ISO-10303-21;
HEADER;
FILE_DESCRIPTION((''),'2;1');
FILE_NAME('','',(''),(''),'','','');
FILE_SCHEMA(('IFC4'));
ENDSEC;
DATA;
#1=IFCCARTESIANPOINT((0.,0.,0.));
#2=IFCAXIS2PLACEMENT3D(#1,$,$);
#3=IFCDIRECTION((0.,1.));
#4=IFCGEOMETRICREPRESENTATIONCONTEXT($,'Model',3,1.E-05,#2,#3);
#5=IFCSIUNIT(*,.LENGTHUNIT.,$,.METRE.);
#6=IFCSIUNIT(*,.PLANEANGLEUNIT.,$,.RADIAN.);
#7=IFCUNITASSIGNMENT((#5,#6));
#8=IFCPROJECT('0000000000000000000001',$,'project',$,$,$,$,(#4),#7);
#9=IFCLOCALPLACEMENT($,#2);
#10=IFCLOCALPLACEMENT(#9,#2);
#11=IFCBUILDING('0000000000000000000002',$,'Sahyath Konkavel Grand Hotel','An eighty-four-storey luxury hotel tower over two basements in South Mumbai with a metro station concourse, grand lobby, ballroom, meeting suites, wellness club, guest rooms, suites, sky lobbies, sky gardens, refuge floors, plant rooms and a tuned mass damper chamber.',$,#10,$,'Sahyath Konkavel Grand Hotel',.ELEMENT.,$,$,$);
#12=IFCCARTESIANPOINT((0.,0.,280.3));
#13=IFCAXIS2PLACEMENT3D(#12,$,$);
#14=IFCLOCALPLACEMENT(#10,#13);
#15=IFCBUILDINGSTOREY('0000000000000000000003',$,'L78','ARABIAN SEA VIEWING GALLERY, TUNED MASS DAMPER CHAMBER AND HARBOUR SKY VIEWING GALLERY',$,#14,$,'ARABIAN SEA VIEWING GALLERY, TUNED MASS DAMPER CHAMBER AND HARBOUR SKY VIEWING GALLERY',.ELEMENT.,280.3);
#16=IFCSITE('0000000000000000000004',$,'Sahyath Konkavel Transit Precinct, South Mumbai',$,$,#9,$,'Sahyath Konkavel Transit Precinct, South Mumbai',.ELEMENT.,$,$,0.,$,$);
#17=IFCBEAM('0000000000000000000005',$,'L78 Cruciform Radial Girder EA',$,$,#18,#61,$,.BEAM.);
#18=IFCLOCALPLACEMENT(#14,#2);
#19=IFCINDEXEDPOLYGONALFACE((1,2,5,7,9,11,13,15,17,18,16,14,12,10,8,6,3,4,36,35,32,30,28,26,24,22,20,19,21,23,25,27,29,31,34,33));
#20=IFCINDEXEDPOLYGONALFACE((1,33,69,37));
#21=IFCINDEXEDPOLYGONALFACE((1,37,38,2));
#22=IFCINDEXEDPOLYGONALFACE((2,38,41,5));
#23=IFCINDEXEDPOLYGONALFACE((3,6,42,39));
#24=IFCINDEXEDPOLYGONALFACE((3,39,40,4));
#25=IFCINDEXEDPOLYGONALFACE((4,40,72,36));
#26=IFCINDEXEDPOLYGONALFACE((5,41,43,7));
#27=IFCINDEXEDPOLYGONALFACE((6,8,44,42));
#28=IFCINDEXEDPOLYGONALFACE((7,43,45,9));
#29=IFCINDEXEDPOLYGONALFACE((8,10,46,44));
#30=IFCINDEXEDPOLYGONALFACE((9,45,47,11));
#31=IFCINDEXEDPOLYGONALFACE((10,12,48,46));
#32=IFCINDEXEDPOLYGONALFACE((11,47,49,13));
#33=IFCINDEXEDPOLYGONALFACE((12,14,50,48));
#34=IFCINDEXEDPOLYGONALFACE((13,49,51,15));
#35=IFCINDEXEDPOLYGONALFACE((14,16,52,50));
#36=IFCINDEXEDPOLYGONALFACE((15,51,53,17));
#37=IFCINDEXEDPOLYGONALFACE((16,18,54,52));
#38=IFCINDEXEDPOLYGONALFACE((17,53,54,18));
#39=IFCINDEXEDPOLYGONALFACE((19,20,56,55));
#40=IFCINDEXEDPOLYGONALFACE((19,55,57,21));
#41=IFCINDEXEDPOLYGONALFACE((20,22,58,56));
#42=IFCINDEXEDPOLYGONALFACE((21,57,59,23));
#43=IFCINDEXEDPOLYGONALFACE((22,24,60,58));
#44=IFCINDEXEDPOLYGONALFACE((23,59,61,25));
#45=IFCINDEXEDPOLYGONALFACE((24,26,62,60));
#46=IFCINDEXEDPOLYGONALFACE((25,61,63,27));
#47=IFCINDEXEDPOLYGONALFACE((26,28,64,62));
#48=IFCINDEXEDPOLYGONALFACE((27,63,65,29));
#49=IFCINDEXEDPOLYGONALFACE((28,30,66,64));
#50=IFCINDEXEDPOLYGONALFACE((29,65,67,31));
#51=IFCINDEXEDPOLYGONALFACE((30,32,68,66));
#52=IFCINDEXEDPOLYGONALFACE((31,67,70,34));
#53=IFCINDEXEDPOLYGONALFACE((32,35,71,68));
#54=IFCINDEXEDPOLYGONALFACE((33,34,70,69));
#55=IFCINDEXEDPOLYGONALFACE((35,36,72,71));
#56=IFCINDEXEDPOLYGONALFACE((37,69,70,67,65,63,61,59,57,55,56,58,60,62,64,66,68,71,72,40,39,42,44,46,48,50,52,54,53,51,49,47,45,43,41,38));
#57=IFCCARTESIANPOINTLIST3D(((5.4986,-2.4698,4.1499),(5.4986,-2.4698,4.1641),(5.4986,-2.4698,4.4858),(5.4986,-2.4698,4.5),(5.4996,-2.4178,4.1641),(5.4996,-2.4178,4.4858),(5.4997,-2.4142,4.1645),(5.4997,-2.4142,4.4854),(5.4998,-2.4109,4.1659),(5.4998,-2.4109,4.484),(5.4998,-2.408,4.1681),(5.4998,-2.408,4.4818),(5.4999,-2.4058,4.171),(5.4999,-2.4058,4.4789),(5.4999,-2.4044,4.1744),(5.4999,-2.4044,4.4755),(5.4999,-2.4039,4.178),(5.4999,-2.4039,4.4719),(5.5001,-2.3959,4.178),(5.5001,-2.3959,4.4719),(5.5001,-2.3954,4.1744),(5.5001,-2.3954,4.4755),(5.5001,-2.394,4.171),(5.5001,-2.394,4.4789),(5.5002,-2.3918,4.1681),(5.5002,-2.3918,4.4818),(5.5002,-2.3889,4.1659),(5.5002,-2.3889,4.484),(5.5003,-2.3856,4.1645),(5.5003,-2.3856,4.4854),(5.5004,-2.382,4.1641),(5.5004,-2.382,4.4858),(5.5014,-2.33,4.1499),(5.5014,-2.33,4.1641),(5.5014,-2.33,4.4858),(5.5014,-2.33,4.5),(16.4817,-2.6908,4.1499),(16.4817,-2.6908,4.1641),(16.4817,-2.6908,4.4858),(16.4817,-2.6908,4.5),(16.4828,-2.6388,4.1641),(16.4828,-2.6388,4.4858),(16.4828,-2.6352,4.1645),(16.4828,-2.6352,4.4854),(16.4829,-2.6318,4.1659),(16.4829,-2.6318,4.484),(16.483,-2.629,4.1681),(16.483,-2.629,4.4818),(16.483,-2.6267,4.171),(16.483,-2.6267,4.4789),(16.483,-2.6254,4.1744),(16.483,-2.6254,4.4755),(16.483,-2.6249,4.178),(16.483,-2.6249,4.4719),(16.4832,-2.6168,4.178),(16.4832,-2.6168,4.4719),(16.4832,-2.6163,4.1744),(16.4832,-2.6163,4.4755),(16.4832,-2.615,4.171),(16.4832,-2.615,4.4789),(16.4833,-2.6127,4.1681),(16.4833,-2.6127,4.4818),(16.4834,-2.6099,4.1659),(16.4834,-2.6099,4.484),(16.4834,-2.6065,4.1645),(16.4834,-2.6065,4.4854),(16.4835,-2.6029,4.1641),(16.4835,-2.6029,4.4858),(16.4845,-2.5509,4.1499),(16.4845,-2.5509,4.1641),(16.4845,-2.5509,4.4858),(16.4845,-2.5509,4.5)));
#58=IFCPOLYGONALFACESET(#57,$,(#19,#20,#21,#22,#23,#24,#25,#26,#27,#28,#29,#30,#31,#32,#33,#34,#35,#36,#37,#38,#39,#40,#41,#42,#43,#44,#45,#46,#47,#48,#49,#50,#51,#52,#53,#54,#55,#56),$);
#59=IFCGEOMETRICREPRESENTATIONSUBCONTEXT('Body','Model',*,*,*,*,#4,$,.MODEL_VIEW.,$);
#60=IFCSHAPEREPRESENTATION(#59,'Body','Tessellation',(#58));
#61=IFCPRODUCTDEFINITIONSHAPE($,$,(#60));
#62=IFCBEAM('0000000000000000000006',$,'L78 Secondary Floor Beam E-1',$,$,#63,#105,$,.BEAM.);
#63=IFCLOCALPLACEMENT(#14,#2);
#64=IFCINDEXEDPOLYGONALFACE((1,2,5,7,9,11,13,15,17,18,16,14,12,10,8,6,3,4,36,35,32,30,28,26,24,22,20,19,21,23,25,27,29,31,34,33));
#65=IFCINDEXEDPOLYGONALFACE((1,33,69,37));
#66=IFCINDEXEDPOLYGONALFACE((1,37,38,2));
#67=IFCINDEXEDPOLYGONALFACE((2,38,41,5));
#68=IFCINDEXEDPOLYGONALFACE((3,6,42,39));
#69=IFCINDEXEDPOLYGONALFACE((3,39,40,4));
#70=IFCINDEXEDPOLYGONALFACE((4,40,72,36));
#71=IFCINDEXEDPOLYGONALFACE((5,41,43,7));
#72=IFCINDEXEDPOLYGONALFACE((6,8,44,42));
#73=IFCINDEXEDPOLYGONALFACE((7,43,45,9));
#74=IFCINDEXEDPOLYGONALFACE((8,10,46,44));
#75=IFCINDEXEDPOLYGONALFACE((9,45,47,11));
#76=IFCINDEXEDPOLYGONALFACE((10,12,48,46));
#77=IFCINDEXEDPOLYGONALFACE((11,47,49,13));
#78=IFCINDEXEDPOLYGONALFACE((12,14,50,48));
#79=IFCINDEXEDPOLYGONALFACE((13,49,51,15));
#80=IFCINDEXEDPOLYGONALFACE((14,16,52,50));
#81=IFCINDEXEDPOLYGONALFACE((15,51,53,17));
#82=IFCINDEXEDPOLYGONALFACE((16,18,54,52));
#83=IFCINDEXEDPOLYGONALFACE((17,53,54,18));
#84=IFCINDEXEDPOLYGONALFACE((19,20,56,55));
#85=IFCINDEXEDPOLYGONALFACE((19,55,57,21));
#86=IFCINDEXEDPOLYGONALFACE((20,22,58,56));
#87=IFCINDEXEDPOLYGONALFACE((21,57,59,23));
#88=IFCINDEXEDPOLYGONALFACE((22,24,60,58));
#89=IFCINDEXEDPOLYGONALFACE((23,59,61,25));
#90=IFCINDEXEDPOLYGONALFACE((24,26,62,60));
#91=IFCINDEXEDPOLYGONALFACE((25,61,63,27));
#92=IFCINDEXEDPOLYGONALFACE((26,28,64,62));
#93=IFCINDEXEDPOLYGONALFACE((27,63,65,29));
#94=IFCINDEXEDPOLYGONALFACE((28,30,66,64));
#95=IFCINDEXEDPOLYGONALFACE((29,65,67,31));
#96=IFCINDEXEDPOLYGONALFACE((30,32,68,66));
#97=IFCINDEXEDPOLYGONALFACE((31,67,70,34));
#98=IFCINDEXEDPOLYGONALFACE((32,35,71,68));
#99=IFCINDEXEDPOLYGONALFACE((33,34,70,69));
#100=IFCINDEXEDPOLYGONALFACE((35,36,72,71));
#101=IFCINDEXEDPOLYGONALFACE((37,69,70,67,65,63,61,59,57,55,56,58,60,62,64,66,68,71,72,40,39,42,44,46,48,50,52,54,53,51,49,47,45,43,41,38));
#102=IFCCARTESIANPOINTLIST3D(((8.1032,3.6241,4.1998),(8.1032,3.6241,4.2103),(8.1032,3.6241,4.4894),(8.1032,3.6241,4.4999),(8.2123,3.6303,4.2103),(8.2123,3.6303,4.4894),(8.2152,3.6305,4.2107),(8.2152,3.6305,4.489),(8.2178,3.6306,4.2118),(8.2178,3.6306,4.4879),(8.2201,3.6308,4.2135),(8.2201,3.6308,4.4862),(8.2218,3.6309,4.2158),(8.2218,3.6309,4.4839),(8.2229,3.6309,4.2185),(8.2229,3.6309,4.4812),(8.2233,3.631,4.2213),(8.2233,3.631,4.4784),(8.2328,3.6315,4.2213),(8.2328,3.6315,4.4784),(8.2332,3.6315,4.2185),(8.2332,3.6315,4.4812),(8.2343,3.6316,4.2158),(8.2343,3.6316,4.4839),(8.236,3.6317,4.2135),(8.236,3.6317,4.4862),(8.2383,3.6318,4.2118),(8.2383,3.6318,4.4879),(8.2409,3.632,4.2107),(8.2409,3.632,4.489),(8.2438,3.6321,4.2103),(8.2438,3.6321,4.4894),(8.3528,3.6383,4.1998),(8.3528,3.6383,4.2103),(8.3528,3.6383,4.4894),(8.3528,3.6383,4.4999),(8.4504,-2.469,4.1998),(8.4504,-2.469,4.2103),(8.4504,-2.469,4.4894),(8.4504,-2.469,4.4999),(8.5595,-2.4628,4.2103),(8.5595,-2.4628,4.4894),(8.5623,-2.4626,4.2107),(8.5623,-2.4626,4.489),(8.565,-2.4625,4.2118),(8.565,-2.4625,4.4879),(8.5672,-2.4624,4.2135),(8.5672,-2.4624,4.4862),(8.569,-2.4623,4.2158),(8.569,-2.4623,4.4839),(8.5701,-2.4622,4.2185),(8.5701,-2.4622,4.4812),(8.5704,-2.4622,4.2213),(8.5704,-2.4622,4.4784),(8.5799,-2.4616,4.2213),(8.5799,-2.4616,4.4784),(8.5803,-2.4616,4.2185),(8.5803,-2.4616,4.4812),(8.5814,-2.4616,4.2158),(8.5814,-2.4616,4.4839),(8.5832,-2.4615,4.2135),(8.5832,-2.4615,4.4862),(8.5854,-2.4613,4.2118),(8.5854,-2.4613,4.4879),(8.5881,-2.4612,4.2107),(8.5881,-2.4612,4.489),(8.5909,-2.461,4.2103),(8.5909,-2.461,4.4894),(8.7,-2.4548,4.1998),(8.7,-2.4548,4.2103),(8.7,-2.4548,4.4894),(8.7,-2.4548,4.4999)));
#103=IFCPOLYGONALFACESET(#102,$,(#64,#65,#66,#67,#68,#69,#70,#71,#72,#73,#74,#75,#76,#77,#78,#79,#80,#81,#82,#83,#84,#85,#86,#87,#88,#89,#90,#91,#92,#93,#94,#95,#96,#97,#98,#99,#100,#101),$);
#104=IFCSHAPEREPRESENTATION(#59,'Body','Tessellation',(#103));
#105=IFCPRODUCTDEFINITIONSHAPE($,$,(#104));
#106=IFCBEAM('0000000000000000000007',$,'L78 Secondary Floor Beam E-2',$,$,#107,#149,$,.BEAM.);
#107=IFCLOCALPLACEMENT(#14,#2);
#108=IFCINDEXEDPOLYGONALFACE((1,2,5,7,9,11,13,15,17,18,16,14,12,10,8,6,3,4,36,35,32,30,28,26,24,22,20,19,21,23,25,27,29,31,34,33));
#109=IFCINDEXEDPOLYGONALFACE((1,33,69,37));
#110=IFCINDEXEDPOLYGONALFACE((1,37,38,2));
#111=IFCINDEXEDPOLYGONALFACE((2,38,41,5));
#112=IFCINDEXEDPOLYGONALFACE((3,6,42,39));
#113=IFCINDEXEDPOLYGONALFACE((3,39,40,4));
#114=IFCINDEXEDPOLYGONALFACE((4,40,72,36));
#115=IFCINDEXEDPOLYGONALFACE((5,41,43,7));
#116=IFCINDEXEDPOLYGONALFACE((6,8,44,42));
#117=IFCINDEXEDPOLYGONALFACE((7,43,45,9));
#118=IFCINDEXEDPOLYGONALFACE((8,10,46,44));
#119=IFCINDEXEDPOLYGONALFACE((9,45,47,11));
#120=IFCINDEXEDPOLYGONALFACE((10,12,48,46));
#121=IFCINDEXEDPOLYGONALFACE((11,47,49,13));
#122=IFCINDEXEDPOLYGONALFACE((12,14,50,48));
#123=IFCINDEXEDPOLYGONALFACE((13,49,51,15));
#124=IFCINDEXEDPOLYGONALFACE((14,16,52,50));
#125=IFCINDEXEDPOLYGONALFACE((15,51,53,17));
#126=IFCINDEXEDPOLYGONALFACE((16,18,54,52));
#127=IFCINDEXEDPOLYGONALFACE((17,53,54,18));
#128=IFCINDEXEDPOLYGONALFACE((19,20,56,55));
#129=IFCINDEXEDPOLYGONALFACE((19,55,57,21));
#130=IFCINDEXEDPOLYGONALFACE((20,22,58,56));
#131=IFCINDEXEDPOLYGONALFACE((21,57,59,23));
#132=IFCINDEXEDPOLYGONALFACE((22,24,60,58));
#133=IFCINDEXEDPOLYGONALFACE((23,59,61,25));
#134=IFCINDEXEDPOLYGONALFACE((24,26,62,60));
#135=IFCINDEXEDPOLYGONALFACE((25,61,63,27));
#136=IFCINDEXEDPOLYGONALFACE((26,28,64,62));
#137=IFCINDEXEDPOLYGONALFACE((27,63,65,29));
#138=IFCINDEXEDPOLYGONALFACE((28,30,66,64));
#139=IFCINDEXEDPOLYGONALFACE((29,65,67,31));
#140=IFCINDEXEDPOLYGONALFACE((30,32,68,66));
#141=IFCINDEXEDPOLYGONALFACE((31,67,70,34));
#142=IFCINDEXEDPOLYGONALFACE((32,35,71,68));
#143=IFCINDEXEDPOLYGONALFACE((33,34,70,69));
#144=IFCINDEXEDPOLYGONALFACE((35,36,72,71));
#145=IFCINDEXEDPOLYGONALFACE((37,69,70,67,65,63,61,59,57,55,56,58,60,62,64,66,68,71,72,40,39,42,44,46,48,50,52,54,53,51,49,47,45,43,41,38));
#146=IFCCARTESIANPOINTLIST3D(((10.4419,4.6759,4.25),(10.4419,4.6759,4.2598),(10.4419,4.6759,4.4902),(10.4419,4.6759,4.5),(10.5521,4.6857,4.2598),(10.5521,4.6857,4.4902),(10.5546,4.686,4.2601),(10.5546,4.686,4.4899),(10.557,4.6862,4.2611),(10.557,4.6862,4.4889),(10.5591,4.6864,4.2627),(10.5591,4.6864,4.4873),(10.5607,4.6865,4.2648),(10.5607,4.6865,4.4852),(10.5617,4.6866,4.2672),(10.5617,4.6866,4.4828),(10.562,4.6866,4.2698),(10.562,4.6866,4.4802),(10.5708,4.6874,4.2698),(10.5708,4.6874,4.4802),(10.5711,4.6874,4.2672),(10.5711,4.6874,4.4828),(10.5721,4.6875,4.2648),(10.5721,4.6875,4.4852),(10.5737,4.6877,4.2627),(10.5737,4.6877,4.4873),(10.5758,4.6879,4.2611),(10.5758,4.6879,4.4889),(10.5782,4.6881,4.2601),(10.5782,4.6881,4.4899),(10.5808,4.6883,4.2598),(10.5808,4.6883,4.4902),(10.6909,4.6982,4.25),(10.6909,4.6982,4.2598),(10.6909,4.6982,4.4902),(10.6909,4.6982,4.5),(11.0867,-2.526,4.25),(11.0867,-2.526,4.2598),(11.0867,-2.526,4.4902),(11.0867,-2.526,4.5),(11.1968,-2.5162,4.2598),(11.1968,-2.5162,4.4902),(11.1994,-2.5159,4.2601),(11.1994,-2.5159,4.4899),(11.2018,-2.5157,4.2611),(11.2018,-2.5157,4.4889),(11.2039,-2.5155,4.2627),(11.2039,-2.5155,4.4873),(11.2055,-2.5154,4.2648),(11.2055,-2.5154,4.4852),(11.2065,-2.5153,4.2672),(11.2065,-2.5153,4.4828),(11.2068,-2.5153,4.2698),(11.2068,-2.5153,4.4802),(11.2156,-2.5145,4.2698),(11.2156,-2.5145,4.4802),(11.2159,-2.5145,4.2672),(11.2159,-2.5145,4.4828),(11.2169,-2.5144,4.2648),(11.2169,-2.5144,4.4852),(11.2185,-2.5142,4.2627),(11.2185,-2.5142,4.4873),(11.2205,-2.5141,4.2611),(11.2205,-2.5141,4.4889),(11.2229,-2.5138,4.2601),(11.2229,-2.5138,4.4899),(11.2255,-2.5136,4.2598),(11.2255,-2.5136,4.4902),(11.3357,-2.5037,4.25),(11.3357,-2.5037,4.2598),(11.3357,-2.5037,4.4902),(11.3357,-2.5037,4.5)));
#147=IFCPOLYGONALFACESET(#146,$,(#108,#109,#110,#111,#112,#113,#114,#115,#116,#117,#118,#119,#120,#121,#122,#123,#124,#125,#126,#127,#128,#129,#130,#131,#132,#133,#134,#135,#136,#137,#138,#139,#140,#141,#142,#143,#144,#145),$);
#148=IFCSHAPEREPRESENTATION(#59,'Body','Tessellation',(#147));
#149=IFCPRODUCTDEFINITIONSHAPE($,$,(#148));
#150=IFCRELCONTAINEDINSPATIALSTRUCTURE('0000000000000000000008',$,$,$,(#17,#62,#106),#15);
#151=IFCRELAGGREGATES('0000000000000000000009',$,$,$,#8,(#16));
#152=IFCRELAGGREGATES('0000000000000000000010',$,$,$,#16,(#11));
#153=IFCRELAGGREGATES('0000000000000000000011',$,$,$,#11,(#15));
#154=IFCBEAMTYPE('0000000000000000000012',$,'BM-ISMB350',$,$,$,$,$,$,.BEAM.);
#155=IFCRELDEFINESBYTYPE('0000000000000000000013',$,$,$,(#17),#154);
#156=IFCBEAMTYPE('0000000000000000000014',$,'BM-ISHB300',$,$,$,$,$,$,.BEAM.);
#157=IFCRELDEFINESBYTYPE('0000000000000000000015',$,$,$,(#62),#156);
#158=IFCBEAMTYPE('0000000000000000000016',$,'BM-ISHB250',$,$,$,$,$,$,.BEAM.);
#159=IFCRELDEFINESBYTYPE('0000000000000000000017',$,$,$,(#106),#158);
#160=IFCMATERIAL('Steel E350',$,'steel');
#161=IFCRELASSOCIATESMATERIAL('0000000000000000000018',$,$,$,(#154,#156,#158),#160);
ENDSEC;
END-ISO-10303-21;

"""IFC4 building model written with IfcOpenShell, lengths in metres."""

from ifc_helpers import new_model, si_unit, direction, frame, origin, origin_2d, place, context, subcontext, project, spatial, i_section, extrude, source, transform, mapped, material, material_profile, profile_set, type_object, element, save


model = new_model("IFC4")

# Units and contexts
model_context = context("Model", 3, precision=1e-05, world=origin(), true_north=direction((0.0, 1.0)))
body_context = subcontext(model_context, "Body", "Model", "MODEL_VIEW")
ifc_project = project(units=[si_unit("LENGTHUNIT", "METRE"), si_unit("PLANEANGLEUNIT", "RADIAN")], contexts=[model_context])

# Site, building, storey
site_placement = place(None, origin())
site = spatial("IfcSite", under=ifc_project, at=site_placement, Name="Sahyath Konkavel Transit Precinct, South Mumbai", LongName="Sahyath Konkavel Transit Precinct, South Mumbai", CompositionType="ELEMENT", RefElevation=0.0)
building_placement = place(site_placement, origin())
building = spatial("IfcBuilding", under=site, at=building_placement, Name="Sahyath Konkavel Grand Hotel", Description="An eighty-four-storey luxury hotel tower over two basements in South Mumbai with a metro station concourse, grand lobby, ballroom, meeting suites, wellness club, guest rooms, suites, sky lobbies, sky gardens, refuge floors, plant rooms and a tuned mass damper chamber.", LongName="Sahyath Konkavel Grand Hotel", CompositionType="ELEMENT")
storey_placement = place(building_placement, frame((0.0, 0.0, 280.3)))
storey = spatial("IfcBuildingStorey", under=building, at=storey_placement, Name="L78", Description="ARABIAN SEA VIEWING GALLERY, TUNED MASS DAMPER CHAMBER AND HARBOUR SKY VIEWING GALLERY", LongName="ARABIAN SEA VIEWING GALLERY, TUNED MASS DAMPER CHAMBER AND HARBOUR SKY VIEWING GALLERY", CompositionType="ELEMENT", Elevation=280.3)

# Beams
ifc_material_1 = material(Name="Steel E350", Category="steel")
ifc_material_profile_1 = material_profile(ifc_material_1, i_section(OverallWidth=0.1399, OverallDepth=0.3501, WebThickness=0.0081, FlangeThickness=0.0142, FilletRadius=0.0139, at=origin_2d()), Name="ISMB 350")
ifc_profile_set_1 = profile_set([ifc_material_profile_1], Name="Steel E350")
beam_type_1 = type_object("IfcBeamType", Name="BM-ISMB350", PredefinedType="BEAM", material=ifc_profile_set_1)
shared_shape_1 = source(origin(), body_context, "Body", "SweptSolid", [
    extrude(i_section(OverallWidth=0.1399, OverallDepth=0.3501, WebThickness=0.0081, FlangeThickness=0.0142, FilletRadius=0.0139, at=origin_2d()), origin(), (0.0, 0.0, 1.0), 10.9854),
])
beam_1_placement = place(storey_placement, frame((5.5, -2.3999, 4.325), z_axis=(0.999798, -0.020113, 0.0), x_axis=(0.020113, 0.999798, 0.0)))
element("IfcBeam", 1, at=beam_1_placement, inside=storey, type_object=beam_type_1, Name="L78 Cruciform Radial Girder EA", PredefinedType="BEAM", context=body_context, shape_type="MappedRepresentation", body=[
    mapped(shared_shape_1, transform((0.0, 0.0, 0.0), scale=1.0)),
])
ifc_material_profile_2 = material_profile(ifc_material_1, i_section(OverallWidth=0.25, OverallDepth=0.3, WebThickness=0.0095, FlangeThickness=0.0105, FilletRadius=0.011, at=origin_2d()), Name="ISHB 300")
ifc_profile_set_2 = profile_set([ifc_material_profile_2], Name="Steel E350")
beam_type_2 = type_object("IfcBeamType", Name="BM-ISHB300", PredefinedType="BEAM", material=ifc_profile_set_2)
shared_shape_2 = source(origin(), body_context, "Body", "SweptSolid", [
    extrude(i_section(OverallWidth=0.25, OverallDepth=0.3, WebThickness=0.0095, FlangeThickness=0.0105, FilletRadius=0.011, at=origin_2d()), origin(), (0.0, 0.0, 1.0), 6.103),
])
beam_2_placement = place(storey_placement, frame((8.5752, -2.4619, 4.3499), z_axis=(-0.056883, 0.998381, 0.0), x_axis=(-0.998381, -0.056883, 0.0)))
element("IfcBeam", 2, at=beam_2_placement, inside=storey, type_object=beam_type_2, Name="L78 Secondary Floor Beam E-1", PredefinedType="BEAM", context=body_context, shape_type="MappedRepresentation", body=[
    mapped(shared_shape_2, transform((0.0, 0.0, 0.0), scale=1.0)),
])
ifc_material_profile_3 = material_profile(ifc_material_1, i_section(OverallWidth=0.25, OverallDepth=0.25, WebThickness=0.0088, FlangeThickness=0.0098, FilletRadius=0.01, at=origin_2d()), Name="ISHB 250")
ifc_profile_set_3 = profile_set([ifc_material_profile_3], Name="Steel E350")
beam_type_3 = type_object("IfcBeamType", Name="BM-ISHB250", PredefinedType="BEAM", material=ifc_profile_set_3)
shared_shape_3 = source(origin(), body_context, "Body", "SweptSolid", [
    extrude(i_section(OverallWidth=0.25, OverallDepth=0.25, WebThickness=0.0088, FlangeThickness=0.0098, FilletRadius=0.01, at=origin_2d()), origin(), (0.0, 0.0, 1.0), 7.2307),
])
beam_3_placement = place(storey_placement, frame((11.2112, -2.5149, 4.375), z_axis=(-0.089172, 0.996016, 0.0), x_axis=(-0.996016, -0.089172, 0.0)))
element("IfcBeam", 3, at=beam_3_placement, inside=storey, type_object=beam_type_3, Name="L78 Secondary Floor Beam E-2", PredefinedType="BEAM", context=body_context, shape_type="MappedRepresentation", body=[
    mapped(shared_shape_3, transform((0.0, 0.0, 0.0), scale=1.0)),
])

save(model, "model.ifc")
